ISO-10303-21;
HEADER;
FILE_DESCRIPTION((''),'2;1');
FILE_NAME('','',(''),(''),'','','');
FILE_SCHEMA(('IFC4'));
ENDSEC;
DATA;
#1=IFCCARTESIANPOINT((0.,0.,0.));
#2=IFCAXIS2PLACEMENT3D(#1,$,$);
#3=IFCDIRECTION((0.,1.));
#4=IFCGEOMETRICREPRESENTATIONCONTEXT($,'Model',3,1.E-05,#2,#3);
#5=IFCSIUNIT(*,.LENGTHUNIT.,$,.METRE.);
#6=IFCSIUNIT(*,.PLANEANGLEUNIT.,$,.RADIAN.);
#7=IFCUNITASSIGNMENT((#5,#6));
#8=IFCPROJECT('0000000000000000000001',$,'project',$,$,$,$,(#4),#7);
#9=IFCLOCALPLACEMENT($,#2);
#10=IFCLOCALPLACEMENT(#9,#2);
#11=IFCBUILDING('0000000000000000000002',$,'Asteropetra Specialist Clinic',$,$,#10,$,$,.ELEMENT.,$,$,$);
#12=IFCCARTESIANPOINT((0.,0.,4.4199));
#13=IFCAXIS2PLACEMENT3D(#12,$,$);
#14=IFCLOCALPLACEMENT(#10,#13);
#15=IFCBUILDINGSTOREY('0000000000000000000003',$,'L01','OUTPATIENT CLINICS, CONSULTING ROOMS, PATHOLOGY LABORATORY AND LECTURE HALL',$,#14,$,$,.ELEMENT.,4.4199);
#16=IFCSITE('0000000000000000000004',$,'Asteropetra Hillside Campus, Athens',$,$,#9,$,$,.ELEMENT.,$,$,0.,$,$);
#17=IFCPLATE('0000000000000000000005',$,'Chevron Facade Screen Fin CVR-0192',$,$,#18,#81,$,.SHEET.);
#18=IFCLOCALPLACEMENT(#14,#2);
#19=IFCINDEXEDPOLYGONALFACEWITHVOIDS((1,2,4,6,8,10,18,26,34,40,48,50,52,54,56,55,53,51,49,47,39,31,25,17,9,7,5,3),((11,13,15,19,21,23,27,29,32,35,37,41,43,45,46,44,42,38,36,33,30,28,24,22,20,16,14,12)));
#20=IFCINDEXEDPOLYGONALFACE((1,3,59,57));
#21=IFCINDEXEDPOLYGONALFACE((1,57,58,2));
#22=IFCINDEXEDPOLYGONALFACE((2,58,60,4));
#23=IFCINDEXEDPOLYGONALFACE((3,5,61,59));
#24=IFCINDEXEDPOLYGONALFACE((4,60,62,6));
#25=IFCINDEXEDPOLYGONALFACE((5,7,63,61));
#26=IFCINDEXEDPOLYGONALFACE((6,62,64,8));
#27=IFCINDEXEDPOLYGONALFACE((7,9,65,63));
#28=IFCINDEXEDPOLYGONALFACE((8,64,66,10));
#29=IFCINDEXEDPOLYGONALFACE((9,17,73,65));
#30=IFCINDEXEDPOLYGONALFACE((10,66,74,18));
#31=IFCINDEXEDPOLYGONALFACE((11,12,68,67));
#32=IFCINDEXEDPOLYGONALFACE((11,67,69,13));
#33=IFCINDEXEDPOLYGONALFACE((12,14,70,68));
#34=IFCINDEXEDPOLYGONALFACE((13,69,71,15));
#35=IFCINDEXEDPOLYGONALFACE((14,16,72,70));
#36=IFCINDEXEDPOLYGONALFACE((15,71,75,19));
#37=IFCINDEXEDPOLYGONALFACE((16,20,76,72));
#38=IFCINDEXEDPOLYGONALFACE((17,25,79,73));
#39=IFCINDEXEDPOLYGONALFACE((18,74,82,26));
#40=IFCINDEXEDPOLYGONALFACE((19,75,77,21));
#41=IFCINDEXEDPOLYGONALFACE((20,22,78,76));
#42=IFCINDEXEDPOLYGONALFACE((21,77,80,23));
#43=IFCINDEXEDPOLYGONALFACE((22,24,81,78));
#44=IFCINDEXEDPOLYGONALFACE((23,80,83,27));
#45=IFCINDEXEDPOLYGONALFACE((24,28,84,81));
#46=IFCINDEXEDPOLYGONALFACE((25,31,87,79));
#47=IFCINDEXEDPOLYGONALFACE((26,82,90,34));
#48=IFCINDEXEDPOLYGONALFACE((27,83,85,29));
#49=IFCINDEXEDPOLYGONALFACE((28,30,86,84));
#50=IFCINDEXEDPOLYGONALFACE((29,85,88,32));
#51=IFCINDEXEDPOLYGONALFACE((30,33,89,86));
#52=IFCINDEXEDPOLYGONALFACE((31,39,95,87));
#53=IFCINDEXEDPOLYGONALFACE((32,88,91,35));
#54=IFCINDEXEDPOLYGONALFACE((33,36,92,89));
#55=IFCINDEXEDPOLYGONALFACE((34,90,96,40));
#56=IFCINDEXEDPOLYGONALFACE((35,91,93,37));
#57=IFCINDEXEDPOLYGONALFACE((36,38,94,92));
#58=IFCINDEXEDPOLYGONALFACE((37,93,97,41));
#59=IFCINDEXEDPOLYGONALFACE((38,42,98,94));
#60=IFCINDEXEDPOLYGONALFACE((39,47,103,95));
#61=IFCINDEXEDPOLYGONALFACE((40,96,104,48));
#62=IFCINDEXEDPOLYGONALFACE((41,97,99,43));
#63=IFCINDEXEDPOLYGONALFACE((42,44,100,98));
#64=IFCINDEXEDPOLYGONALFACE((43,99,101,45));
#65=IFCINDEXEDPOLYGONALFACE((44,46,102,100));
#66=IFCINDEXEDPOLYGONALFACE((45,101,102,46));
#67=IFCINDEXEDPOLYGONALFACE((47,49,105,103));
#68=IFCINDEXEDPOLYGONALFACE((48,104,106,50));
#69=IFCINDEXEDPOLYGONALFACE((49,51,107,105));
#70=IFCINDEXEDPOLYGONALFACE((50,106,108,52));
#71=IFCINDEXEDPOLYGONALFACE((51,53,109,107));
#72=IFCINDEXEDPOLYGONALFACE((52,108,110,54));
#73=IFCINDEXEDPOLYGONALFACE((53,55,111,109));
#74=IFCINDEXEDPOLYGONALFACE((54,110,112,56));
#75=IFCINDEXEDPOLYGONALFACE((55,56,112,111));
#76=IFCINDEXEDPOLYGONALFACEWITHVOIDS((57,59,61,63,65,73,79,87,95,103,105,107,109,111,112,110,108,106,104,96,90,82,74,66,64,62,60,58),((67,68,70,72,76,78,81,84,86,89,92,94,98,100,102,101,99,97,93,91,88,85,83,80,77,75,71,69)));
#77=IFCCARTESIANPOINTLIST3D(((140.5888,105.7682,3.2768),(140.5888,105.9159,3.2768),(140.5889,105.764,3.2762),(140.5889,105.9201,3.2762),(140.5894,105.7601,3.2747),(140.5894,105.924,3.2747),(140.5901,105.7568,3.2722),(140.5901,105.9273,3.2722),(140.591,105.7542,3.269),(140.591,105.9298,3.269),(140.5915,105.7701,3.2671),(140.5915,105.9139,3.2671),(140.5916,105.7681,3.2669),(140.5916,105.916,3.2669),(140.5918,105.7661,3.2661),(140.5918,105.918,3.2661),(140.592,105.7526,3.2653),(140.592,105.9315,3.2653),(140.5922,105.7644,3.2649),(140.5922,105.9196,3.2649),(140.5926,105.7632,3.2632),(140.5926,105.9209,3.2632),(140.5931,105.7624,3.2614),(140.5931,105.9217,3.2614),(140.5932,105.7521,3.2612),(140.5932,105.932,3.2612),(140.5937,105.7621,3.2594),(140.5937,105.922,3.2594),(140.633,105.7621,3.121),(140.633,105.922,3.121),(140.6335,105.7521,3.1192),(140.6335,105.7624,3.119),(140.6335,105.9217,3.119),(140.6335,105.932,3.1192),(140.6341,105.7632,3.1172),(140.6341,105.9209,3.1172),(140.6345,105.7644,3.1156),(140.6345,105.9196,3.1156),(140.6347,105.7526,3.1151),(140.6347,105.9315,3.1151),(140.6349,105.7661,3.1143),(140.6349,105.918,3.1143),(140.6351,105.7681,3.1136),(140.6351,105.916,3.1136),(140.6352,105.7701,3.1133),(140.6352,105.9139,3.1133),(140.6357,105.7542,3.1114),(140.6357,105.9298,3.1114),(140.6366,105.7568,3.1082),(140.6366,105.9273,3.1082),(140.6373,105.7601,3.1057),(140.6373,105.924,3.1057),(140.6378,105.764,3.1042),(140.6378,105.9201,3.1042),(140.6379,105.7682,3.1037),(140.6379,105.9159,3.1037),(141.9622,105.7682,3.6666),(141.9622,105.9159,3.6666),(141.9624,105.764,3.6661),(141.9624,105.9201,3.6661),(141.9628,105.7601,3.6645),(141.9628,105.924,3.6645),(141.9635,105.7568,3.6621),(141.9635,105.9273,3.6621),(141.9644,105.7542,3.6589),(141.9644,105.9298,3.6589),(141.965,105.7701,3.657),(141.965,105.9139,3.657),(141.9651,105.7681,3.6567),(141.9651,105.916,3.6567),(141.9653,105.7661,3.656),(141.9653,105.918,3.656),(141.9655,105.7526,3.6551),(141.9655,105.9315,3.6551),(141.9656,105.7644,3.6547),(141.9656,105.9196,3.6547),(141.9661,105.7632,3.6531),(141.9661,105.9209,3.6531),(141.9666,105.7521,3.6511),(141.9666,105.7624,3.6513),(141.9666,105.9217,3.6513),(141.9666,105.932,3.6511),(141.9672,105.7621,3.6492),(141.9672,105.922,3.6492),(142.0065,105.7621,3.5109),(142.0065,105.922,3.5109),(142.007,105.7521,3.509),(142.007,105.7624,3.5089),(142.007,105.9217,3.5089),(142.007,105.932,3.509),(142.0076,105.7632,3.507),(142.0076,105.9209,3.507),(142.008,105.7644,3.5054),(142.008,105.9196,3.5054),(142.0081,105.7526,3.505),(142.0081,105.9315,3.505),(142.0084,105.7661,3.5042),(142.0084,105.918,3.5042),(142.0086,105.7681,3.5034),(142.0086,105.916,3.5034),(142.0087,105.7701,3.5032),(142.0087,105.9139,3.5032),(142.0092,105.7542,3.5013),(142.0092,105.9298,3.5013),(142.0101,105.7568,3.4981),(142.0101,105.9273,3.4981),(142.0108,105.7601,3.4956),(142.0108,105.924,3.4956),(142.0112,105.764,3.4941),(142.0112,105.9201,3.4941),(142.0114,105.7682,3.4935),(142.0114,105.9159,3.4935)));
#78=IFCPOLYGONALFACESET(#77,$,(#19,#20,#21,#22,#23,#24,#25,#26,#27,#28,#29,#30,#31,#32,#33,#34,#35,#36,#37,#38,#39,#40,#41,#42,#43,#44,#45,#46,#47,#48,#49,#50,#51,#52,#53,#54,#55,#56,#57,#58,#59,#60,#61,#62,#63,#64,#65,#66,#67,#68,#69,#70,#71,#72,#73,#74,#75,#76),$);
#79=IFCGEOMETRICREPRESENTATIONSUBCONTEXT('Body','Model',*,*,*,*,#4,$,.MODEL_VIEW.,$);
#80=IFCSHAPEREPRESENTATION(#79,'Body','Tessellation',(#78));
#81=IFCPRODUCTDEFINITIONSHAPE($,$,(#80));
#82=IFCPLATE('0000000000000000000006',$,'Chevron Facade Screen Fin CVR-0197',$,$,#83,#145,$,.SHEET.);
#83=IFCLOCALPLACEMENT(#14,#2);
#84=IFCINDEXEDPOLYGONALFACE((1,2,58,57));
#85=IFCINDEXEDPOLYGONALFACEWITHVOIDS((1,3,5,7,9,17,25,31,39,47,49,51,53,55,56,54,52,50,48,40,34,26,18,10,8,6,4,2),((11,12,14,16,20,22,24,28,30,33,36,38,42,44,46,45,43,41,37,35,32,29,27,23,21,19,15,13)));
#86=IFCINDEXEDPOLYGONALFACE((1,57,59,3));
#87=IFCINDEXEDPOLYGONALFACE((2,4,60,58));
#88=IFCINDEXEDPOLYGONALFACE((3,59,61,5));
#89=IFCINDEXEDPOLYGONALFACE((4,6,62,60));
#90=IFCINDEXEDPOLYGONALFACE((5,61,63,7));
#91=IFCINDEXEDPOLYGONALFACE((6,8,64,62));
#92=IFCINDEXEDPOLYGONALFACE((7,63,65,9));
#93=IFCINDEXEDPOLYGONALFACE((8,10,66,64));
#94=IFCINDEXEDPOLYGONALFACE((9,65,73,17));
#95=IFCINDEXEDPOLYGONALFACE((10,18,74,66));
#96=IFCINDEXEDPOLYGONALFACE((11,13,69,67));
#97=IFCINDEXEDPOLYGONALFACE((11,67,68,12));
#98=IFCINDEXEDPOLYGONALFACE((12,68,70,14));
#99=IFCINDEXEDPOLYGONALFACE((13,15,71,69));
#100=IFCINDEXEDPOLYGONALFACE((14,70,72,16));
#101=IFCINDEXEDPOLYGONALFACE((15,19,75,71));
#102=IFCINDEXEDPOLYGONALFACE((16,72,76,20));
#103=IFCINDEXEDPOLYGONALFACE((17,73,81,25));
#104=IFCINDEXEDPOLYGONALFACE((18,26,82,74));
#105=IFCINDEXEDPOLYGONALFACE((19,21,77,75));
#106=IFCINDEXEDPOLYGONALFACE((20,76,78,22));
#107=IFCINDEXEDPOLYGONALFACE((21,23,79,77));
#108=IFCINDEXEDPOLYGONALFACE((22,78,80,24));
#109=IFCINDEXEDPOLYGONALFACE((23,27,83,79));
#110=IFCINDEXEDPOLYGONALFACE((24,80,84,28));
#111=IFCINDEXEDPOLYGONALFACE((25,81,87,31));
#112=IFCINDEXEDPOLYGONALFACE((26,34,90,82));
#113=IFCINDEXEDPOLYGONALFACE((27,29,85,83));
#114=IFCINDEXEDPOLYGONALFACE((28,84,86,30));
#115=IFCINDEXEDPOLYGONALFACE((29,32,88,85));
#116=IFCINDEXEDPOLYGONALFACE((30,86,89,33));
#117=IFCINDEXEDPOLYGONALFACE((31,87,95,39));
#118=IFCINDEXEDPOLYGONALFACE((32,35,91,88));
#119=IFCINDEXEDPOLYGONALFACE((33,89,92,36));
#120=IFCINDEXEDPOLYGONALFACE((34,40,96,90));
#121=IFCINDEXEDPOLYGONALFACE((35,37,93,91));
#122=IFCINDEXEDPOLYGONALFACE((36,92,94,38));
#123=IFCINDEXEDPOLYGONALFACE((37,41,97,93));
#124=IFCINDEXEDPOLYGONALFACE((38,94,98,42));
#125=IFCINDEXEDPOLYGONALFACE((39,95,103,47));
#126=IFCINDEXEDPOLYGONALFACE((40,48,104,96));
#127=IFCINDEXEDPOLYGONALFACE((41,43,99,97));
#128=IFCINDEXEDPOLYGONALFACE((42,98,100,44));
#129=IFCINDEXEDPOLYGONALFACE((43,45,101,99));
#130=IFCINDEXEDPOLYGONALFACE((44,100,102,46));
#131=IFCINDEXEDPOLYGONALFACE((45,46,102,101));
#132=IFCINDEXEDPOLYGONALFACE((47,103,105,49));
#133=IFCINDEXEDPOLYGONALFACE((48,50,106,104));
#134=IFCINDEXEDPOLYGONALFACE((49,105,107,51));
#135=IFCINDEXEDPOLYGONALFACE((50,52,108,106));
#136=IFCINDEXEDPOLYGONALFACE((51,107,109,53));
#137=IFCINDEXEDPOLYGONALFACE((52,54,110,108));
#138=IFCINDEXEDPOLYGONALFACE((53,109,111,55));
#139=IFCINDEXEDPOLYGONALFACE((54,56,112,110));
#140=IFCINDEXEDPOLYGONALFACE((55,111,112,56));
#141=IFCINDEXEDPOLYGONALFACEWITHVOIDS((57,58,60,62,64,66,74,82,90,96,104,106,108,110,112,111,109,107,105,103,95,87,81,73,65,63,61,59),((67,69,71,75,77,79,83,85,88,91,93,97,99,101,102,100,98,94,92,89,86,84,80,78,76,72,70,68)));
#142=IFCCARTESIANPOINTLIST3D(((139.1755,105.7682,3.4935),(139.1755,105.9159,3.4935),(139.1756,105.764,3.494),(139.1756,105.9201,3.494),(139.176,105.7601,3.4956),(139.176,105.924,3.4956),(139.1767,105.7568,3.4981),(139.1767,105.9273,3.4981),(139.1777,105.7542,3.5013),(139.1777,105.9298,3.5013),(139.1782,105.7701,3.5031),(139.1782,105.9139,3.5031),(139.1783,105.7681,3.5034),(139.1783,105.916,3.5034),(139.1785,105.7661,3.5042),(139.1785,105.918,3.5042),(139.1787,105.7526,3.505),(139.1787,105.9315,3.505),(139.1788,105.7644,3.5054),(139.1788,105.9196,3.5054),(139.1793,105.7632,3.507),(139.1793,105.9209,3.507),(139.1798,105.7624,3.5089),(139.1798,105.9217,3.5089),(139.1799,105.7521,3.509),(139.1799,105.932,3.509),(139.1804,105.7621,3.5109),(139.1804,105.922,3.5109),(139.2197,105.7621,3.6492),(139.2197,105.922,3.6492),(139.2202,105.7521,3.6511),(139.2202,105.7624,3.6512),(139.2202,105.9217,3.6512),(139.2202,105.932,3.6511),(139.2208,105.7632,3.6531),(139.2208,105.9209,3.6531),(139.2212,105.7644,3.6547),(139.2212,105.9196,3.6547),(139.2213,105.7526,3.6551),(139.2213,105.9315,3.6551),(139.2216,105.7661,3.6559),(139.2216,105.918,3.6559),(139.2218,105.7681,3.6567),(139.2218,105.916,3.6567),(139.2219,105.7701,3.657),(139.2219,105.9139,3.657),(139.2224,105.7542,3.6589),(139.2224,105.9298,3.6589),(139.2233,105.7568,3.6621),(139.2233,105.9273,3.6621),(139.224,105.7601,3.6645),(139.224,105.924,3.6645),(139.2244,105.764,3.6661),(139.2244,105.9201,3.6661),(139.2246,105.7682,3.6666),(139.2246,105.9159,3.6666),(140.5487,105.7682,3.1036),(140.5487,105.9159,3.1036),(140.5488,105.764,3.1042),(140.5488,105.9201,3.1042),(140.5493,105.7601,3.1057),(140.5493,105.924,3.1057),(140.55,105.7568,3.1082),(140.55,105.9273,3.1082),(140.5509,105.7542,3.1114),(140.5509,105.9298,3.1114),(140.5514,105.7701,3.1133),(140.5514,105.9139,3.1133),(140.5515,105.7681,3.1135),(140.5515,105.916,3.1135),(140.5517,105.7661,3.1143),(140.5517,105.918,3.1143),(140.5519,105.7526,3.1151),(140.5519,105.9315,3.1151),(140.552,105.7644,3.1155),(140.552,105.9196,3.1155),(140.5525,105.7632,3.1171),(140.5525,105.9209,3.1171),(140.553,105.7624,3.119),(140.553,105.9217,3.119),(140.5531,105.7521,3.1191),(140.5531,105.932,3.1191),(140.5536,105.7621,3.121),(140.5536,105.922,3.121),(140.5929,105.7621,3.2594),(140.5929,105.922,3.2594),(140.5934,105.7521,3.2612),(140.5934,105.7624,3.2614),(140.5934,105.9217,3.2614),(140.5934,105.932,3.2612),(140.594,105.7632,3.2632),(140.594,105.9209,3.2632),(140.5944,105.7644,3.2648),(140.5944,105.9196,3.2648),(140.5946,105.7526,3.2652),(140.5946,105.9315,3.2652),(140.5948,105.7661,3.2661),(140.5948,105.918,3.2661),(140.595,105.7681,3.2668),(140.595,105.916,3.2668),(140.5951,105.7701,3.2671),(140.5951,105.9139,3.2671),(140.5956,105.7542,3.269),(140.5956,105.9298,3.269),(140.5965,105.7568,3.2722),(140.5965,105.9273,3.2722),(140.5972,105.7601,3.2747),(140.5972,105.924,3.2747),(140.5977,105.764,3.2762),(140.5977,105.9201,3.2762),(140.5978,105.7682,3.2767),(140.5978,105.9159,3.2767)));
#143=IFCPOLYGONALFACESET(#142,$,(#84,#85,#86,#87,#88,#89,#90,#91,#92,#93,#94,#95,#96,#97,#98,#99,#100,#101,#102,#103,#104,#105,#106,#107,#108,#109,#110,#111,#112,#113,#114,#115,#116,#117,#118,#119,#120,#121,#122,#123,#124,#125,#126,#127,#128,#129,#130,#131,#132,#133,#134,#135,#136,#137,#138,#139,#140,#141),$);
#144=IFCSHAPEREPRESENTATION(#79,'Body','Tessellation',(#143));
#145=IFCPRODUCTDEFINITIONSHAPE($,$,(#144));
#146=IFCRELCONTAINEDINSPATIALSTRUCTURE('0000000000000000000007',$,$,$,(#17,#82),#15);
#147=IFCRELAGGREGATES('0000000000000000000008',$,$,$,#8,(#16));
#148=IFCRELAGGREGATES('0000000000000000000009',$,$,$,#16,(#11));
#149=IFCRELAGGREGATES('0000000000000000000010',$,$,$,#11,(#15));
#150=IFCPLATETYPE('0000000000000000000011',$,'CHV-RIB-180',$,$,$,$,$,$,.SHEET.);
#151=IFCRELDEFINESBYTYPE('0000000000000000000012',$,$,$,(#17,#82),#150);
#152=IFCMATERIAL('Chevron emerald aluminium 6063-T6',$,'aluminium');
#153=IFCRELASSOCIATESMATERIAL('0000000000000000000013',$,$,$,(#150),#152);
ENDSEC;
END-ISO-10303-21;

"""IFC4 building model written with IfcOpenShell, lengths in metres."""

from ifc_helpers import new_model, si_unit, direction, frame, origin, origin_2d, place, context, subcontext, project, spatial, hollow_rectangle, extrude, material, material_profile, profile_set, type_object, element, save


model = new_model("IFC4")

# Units and contexts
model_context = context("Model", 3, precision=1e-05, world=origin(), true_north=direction((0.0, 1.0)))
body_context = subcontext(model_context, "Body", "Model", "MODEL_VIEW")
ifc_project = project(units=[si_unit("LENGTHUNIT", "METRE"), si_unit("PLANEANGLEUNIT", "RADIAN")], contexts=[model_context])

# Site, building, storey
site_placement = place(None, origin())
site = spatial("IfcSite", under=ifc_project, at=site_placement, Name="Asteropetra Hillside Campus, Athens", CompositionType="ELEMENT", RefElevation=0.0)
building_placement = place(site_placement, origin())
building = spatial("IfcBuilding", under=site, at=building_placement, Name="Asteropetra Specialist Clinic", CompositionType="ELEMENT")
storey_placement = place(building_placement, frame((0.0, 0.0, 4.4199)))
storey = spatial("IfcBuildingStorey", under=building, at=storey_placement, Name="L01", Description="OUTPATIENT CLINICS, CONSULTING ROOMS, PATHOLOGY LABORATORY AND LECTURE HALL", CompositionType="ELEMENT", Elevation=4.4199)

# Plates
ifc_material_1 = material(Name="Chevron emerald aluminium 6063-T6", Category="aluminium")
ifc_material_profile_1 = material_profile(ifc_material_1, hollow_rectangle(XDim=0.1799, YDim=0.1799, WallThickness=0.01, InnerFilletRadius=0.0081, OuterFilletRadius=0.0161, at=origin_2d()), Name="SHS 180x180x10.0")
ifc_profile_set_1 = profile_set([ifc_material_profile_1], Name="Chevron emerald aluminium 6063-T6")
plate_type = type_object("IfcPlateType", Name="CHV-RIB-180", PredefinedType="SHEET", material=ifc_profile_set_1)
plate_1_placement = place(storey_placement, frame((141.9868, 105.842, 3.5801), z_axis=(-0.961994, 0.0, -0.273072), x_axis=(0.0, -1.0, 0.0)))
element("IfcPlate", 1, at=plate_1_placement, inside=storey, type_object=plate_type, Name="Chevron Facade Screen Fin CVR-0192", PredefinedType="SHEET", context=body_context, shape_type="SweptSolid", body=[
    extrude(hollow_rectangle(XDim=0.1799, YDim=0.1799, WallThickness=0.01, InnerFilletRadius=0.0081, OuterFilletRadius=0.0161, at=origin_2d()), origin(), (0.0, 0.0, 1.0), 1.4277),
])
plate_2_placement = place(storey_placement, frame((140.5732, 105.842, 3.1902), z_axis=(-0.961981, 0.0, 0.273117), x_axis=(0.0, -1.0, 0.0)))
element("IfcPlate", 2, at=plate_2_placement, inside=storey, type_object=plate_type, Name="Chevron Facade Screen Fin CVR-0197", PredefinedType="SHEET", context=body_context, shape_type="SweptSolid", body=[
    extrude(hollow_rectangle(XDim=0.1799, YDim=0.1799, WallThickness=0.01, InnerFilletRadius=0.0081, OuterFilletRadius=0.0161, at=origin_2d()), origin(), (0.0, 0.0, 1.0), 1.4275),
])

save(model, "model.ifc")
